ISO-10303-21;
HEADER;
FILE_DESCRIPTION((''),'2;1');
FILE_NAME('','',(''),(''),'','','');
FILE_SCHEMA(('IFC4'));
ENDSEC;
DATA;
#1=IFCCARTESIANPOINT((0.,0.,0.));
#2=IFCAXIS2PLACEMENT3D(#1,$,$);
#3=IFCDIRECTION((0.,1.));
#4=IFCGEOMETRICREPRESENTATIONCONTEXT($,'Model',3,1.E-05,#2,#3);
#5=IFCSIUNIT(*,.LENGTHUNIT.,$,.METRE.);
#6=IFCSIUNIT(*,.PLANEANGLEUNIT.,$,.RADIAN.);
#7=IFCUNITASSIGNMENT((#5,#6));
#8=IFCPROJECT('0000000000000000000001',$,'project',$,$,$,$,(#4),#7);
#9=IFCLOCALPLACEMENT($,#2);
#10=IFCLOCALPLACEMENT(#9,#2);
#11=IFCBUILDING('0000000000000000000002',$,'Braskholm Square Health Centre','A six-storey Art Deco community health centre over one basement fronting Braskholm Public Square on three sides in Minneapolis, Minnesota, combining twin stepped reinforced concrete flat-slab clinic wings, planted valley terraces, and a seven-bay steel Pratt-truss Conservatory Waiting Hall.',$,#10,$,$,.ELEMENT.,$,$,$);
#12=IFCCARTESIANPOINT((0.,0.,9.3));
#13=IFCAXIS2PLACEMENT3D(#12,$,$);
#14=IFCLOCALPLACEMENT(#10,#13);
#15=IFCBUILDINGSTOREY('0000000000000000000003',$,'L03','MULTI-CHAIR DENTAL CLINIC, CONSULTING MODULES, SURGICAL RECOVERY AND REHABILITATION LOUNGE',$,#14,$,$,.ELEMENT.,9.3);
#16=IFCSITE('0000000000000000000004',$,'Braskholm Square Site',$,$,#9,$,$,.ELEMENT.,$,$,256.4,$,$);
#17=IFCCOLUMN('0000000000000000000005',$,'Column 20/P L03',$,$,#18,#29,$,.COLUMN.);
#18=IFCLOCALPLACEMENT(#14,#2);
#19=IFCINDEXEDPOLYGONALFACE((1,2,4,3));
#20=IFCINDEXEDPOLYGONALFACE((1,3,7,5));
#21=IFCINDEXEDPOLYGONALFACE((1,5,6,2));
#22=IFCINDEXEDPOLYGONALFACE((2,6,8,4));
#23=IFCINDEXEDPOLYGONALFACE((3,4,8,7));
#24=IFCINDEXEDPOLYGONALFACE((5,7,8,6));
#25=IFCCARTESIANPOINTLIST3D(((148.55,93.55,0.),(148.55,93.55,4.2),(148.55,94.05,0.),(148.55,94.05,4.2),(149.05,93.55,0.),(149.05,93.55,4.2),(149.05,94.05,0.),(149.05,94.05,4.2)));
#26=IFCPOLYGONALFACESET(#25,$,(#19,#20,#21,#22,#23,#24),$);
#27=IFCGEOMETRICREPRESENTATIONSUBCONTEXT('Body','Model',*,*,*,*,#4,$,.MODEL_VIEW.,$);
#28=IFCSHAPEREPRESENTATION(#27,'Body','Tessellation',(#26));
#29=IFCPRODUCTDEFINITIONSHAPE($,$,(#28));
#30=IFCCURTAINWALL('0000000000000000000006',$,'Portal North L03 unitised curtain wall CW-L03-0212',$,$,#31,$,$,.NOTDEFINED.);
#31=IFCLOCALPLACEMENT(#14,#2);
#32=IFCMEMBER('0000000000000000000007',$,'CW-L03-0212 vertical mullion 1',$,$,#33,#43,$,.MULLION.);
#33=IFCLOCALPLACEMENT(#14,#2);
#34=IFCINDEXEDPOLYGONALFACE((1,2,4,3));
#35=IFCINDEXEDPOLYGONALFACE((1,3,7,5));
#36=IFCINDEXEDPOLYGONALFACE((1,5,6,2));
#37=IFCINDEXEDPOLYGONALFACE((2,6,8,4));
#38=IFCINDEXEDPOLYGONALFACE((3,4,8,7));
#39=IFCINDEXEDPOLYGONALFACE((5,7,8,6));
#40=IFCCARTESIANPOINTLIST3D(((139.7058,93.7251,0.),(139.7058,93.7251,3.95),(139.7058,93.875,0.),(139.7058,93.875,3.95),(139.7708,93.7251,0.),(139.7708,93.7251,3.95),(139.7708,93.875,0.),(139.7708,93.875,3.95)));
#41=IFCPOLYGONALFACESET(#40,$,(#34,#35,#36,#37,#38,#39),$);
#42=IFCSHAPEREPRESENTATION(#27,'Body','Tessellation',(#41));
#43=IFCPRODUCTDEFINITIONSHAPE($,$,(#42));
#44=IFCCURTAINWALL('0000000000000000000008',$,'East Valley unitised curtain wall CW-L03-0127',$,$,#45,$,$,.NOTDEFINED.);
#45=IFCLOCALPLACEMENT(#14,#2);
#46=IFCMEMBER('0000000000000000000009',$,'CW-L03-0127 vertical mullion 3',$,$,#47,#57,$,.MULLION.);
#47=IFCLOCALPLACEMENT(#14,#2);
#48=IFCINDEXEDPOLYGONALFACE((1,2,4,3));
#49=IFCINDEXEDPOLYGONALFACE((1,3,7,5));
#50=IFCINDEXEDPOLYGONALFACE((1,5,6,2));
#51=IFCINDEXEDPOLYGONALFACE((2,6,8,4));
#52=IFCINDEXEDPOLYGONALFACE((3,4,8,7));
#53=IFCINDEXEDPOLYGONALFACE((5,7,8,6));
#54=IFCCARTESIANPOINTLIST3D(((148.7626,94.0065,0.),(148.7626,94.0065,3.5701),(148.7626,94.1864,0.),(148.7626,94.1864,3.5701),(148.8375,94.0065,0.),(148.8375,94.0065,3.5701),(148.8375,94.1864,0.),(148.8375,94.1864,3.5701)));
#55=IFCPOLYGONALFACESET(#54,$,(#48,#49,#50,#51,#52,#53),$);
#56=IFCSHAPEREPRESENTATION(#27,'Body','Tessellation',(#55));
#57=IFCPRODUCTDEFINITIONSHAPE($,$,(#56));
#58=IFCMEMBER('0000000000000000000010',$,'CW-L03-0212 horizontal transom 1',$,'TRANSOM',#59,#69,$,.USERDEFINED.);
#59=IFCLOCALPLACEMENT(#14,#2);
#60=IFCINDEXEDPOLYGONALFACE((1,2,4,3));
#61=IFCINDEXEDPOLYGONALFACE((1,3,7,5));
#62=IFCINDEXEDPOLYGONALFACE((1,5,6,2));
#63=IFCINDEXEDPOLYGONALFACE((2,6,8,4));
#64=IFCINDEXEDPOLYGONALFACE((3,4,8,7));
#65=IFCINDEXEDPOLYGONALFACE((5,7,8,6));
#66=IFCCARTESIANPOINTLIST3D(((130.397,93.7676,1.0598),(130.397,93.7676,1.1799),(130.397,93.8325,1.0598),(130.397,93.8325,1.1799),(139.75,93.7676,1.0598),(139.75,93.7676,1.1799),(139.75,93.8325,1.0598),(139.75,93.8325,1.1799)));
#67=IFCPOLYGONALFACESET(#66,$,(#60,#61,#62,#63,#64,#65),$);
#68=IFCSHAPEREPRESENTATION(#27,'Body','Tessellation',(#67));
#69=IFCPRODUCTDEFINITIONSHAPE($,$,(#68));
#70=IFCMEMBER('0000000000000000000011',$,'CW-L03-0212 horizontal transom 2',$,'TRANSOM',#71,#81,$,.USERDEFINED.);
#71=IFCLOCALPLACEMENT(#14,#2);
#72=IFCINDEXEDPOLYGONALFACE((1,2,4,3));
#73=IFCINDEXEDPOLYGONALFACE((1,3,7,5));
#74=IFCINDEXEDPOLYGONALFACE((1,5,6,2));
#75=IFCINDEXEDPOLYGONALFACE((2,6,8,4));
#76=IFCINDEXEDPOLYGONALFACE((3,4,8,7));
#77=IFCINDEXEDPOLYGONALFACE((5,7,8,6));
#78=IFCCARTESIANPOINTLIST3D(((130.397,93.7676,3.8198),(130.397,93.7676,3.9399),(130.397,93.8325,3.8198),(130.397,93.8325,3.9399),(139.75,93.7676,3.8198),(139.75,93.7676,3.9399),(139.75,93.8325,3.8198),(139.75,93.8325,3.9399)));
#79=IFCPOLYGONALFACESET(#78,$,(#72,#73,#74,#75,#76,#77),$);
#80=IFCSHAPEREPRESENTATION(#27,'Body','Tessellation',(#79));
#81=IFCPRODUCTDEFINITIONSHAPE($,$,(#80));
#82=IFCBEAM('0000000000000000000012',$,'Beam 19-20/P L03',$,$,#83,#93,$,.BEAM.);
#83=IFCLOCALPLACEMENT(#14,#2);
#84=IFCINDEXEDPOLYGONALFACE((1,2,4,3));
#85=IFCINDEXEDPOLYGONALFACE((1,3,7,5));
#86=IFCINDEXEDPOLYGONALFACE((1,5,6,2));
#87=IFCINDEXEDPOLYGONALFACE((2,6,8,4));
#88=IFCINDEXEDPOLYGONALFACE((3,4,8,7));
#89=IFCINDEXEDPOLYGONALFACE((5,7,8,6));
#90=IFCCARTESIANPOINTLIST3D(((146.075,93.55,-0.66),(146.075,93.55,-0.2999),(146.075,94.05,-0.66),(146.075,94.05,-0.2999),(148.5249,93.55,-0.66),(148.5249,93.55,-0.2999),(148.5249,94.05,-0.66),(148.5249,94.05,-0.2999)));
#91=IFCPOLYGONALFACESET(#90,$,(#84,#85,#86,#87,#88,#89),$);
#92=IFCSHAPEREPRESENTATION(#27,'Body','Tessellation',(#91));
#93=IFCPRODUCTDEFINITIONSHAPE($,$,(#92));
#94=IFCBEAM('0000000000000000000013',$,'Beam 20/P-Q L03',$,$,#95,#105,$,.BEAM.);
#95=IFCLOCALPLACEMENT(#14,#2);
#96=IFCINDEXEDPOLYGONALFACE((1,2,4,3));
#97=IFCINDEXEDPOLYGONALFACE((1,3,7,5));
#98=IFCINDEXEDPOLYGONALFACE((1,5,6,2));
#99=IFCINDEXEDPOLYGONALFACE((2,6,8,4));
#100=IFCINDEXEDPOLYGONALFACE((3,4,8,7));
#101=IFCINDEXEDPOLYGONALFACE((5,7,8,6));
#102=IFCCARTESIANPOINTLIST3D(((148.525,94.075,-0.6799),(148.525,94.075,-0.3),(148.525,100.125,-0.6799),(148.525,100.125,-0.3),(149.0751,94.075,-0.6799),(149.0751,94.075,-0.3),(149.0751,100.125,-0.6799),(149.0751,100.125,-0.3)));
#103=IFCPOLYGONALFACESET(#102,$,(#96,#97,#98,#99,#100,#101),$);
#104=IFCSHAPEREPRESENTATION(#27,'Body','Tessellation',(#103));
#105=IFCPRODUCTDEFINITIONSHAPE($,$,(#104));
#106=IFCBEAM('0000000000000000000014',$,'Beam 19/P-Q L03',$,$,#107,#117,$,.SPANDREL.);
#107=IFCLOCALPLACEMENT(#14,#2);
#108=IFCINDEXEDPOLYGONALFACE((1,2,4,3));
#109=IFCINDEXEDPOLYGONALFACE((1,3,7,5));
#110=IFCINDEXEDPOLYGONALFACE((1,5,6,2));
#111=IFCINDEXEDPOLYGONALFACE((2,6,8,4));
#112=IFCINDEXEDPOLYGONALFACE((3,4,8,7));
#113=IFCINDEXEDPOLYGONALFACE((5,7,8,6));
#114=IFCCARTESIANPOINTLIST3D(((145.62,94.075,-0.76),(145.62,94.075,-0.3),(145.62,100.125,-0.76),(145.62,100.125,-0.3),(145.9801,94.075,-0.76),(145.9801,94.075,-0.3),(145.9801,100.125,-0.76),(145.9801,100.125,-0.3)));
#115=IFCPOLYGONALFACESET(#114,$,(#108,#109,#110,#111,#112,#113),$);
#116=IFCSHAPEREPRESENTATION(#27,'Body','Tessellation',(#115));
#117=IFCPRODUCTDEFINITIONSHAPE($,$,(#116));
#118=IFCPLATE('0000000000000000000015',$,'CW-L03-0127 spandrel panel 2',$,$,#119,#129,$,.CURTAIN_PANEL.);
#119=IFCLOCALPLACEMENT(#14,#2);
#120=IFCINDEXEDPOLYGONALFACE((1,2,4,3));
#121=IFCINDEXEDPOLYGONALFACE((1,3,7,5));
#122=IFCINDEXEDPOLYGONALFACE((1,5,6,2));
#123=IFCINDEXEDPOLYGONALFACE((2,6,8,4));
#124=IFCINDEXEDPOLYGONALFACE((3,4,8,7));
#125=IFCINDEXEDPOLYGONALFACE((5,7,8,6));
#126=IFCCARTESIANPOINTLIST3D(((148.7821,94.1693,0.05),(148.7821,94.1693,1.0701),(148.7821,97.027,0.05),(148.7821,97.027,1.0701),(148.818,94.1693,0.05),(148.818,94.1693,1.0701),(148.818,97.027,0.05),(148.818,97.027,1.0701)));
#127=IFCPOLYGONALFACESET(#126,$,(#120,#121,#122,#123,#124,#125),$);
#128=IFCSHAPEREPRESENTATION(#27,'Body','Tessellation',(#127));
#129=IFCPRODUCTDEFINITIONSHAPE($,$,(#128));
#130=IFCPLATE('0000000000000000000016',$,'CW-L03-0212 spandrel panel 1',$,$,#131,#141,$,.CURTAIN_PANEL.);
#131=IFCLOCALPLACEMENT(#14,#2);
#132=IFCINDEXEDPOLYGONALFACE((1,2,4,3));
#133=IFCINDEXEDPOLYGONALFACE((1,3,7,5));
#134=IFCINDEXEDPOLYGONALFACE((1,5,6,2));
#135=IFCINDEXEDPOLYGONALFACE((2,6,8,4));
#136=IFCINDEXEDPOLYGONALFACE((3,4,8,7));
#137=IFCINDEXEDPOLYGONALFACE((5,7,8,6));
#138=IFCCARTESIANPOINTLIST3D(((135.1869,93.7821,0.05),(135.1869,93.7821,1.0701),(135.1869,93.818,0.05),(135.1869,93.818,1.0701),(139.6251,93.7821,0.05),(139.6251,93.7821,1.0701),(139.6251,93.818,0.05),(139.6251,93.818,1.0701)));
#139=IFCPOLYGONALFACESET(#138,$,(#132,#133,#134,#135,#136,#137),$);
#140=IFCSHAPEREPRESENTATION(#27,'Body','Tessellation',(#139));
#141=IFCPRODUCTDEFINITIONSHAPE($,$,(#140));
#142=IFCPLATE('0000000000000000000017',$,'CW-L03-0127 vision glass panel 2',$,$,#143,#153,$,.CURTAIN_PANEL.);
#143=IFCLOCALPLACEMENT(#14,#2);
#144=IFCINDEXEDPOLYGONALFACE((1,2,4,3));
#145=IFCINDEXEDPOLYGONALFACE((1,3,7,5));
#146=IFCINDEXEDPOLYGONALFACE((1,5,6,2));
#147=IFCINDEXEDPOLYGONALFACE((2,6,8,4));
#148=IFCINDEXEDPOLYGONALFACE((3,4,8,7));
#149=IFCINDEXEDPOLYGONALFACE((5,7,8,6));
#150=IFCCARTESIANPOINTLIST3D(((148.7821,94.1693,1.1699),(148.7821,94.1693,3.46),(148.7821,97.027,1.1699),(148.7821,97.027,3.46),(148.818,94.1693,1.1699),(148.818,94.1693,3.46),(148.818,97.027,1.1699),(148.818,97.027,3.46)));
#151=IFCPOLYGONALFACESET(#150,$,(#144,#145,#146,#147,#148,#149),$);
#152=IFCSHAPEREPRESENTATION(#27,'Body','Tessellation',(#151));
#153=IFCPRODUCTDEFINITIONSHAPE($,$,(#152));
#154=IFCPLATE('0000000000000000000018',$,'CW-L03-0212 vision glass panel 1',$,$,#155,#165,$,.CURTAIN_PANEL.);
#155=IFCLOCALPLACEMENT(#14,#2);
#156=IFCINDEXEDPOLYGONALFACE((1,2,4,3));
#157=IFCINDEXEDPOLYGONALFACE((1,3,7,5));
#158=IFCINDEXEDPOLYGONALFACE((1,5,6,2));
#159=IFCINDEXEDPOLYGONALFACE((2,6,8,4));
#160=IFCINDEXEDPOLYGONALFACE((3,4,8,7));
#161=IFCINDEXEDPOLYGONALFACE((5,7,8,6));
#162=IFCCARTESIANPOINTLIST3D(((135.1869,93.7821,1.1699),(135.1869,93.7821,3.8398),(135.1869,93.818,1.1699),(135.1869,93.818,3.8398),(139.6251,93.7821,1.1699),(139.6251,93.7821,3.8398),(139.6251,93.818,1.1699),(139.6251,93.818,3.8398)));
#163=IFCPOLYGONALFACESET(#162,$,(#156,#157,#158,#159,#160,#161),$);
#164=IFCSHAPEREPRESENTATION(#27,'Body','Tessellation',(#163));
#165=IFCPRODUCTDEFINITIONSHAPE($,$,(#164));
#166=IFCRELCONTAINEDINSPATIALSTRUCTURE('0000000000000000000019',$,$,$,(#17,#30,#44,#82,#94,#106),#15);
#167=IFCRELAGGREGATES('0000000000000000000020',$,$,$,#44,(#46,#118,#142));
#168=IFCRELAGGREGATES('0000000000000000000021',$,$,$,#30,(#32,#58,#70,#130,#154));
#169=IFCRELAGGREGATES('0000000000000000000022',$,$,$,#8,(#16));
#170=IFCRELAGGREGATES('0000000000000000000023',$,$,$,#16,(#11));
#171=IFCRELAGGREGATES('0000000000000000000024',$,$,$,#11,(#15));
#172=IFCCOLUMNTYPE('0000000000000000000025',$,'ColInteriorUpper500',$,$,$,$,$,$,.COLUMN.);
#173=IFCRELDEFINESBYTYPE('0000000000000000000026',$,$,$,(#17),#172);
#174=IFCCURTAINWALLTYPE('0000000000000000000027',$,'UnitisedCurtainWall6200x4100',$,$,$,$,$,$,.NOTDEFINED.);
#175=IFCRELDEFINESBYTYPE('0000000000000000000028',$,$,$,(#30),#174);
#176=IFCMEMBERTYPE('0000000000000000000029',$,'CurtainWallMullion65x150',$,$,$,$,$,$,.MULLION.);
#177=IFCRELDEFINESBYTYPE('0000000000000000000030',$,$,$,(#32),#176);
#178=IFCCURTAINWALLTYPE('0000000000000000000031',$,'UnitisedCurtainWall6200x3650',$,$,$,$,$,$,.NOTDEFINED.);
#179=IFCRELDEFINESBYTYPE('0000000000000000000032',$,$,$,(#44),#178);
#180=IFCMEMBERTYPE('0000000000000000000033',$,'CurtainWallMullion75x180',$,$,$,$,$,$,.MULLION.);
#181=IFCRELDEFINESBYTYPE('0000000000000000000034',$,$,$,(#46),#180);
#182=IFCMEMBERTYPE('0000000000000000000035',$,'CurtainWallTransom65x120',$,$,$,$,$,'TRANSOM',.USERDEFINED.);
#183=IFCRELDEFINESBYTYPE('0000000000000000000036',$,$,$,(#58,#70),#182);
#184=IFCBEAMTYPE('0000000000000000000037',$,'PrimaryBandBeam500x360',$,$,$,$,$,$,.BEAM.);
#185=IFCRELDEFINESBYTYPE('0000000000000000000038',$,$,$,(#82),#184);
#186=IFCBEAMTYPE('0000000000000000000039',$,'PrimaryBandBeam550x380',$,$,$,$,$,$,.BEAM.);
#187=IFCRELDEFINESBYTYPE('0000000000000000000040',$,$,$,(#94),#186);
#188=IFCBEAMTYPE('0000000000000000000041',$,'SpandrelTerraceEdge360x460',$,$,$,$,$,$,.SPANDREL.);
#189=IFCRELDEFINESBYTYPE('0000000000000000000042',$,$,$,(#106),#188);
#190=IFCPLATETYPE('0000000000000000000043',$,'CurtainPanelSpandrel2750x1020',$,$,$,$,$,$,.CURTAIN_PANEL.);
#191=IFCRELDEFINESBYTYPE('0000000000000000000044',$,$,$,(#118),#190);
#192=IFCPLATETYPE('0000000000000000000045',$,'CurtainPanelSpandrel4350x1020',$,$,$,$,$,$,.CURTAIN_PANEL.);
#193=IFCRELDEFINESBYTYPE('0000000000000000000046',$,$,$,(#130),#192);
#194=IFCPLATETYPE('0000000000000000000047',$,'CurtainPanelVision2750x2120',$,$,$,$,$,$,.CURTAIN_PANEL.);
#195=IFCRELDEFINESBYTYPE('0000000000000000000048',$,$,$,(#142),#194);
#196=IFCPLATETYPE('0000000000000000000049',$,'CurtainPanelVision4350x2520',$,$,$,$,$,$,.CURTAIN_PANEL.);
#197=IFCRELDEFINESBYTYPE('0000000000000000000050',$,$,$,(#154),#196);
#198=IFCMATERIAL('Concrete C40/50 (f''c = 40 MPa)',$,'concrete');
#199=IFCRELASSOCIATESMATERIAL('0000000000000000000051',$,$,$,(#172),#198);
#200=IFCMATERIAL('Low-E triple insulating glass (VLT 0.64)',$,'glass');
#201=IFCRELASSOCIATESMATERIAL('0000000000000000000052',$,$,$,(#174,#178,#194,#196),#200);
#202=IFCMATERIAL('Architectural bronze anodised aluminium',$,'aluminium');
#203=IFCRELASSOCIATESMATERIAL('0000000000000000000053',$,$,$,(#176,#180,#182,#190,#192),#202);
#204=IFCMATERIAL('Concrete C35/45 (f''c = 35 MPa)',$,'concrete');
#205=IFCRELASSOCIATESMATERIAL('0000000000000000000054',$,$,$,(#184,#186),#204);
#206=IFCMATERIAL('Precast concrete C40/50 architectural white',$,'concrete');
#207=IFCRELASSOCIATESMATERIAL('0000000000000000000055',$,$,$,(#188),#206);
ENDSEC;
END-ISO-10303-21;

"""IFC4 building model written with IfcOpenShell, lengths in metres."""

from ifc_helpers import new_model, si_unit, direction, frame, origin, origin_2d, place, context, subcontext, project, spatial, rectangle, extrude, material, material_profile, profile_set, type_object, element, aggregate, save


model = new_model("IFC4")

# Units and contexts
model_context = context("Model", 3, precision=1e-05, world=origin(), true_north=direction((0.0, 1.0)))
body_context = subcontext(model_context, "Body", "Model", "MODEL_VIEW")
ifc_project = project(units=[si_unit("LENGTHUNIT", "METRE"), si_unit("PLANEANGLEUNIT", "RADIAN")], contexts=[model_context])

# Site, building, storey
site_placement = place(None, origin())
site = spatial("IfcSite", under=ifc_project, at=site_placement, Name="Braskholm Square Site", CompositionType="ELEMENT", RefElevation=256.4)
building_placement = place(site_placement, origin())
building = spatial("IfcBuilding", under=site, at=building_placement, Name="Braskholm Square Health Centre", Description="A six-storey Art Deco community health centre over one basement fronting Braskholm Public Square on three sides in Minneapolis, Minnesota, combining twin stepped reinforced concrete flat-slab clinic wings, planted valley terraces, and a seven-bay steel Pratt-truss Conservatory Waiting Hall.", CompositionType="ELEMENT")
storey_placement = place(building_placement, frame((0.0, 0.0, 9.3)))
storey = spatial("IfcBuildingStorey", under=building, at=storey_placement, Name="L03", Description="MULTI-CHAIR DENTAL CLINIC, CONSULTING MODULES, SURGICAL RECOVERY AND REHABILITATION LOUNGE", CompositionType="ELEMENT", Elevation=9.3)

# Column
ifc_material_1 = material(Name="Concrete C40/50 (f'c = 40 MPa)", Category="concrete")
ifc_material_profile_1 = material_profile(ifc_material_1, rectangle(XDim=0.5, YDim=0.5, at=origin_2d()), Name="RC-500X500")
ifc_profile_set_1 = profile_set([ifc_material_profile_1], Name="Concrete C40/50 (f'c = 40 MPa)")
column_type = type_object("IfcColumnType", Name="ColInteriorUpper500", PredefinedType="COLUMN", material=ifc_profile_set_1)
column_placement = place(storey_placement, frame((148.8, 93.8, 0.0), z_axis=(0.0, 0.0, 1.0), x_axis=(1.0, 0.0, 0.0)))
element("IfcColumn", 1, at=column_placement, inside=storey, type_object=column_type, Name="Column 20/P L03", PredefinedType="COLUMN", context=body_context, shape_type="SweptSolid", body=[
    extrude(rectangle(XDim=0.5, YDim=0.5, at=origin_2d()), origin(), (0.0, 0.0, 1.0), 4.2),
])

# Curtain walls, members
ifc_material_2 = material(Name="Low-E triple insulating glass (VLT 0.64)", Category="glass")
curtain_wall_type_1 = type_object("IfcCurtainWallType", Name="UnitisedCurtainWall6200x4100", PredefinedType="NOTDEFINED", material=ifc_material_2)
curtain_wall_1_placement = place(storey_placement, origin())
curtain_wall_1 = element("IfcCurtainWall", 2, at=curtain_wall_1_placement, inside=storey, type_object=curtain_wall_type_1, Name="Portal North L03 unitised curtain wall CW-L03-0212", PredefinedType="NOTDEFINED")
ifc_material_3 = material(Name="Architectural bronze anodised aluminium", Category="aluminium")
ifc_material_profile_2 = material_profile(ifc_material_3, rectangle(XDim=0.0649, YDim=0.1499, at=origin_2d()), Name="ALU-65X150")
ifc_profile_set_2 = profile_set([ifc_material_profile_2], Name="Architectural bronze anodised aluminium")
member_type_1 = type_object("IfcMemberType", Name="CurtainWallMullion65x150", PredefinedType="MULLION", material=ifc_profile_set_2)
member_1_placement = place(storey_placement, frame((139.7383, 93.8, 0.0), z_axis=(0.0, 0.0, 1.0), x_axis=(1.0, 0.0, 0.0)))
member_1 = element("IfcMember", 3, at=member_1_placement, type_object=member_type_1, Name="CW-L03-0212 vertical mullion 1", PredefinedType="MULLION", context=body_context, shape_type="SweptSolid", body=[
    extrude(rectangle(XDim=0.0649, YDim=0.1499, at=origin_2d()), origin(), (0.0, 0.0, 1.0), 3.95),
])
curtain_wall_type_2 = type_object("IfcCurtainWallType", Name="UnitisedCurtainWall6200x3650", PredefinedType="NOTDEFINED", material=ifc_material_2)
curtain_wall_2_placement = place(storey_placement, origin())
curtain_wall_2 = element("IfcCurtainWall", 4, at=curtain_wall_2_placement, inside=storey, type_object=curtain_wall_type_2, Name="East Valley unitised curtain wall CW-L03-0127", PredefinedType="NOTDEFINED")
ifc_material_profile_3 = material_profile(ifc_material_3, rectangle(XDim=0.075, YDim=0.1799, at=origin_2d()), Name="ALU-75X180")
ifc_profile_set_3 = profile_set([ifc_material_profile_3], Name="Architectural bronze anodised aluminium")
member_type_2 = type_object("IfcMemberType", Name="CurtainWallMullion75x180", PredefinedType="MULLION", material=ifc_profile_set_3)
member_2_placement = place(storey_placement, frame((148.8, 94.0964, 0.0), z_axis=(0.0, 0.0, 1.0), x_axis=(1.0, 0.0, 0.0)))
member_2 = element("IfcMember", 5, at=member_2_placement, type_object=member_type_2, Name="CW-L03-0127 vertical mullion 3", PredefinedType="MULLION", context=body_context, shape_type="SweptSolid", body=[
    extrude(rectangle(XDim=0.075, YDim=0.1799, at=origin_2d()), origin(), (0.0, 0.0, 1.0), 3.5701),
])

# Members
ifc_material_profile_4 = material_profile(ifc_material_3, rectangle(XDim=0.0649, YDim=0.1201, at=origin_2d()), Name="ALU-65X120")
ifc_profile_set_4 = profile_set([ifc_material_profile_4], Name="Architectural bronze anodised aluminium")
member_type_3 = type_object("IfcMemberType", Name="CurtainWallTransom65x120", ElementType="TRANSOM", PredefinedType="USERDEFINED", material=ifc_profile_set_4)
member_3_placement = place(storey_placement, frame((139.75, 93.8, 1.1199), z_axis=(-1.0, 0.0, 0.0), x_axis=(0.0, -1.0, 0.0)))
member_3 = element("IfcMember", 6, at=member_3_placement, type_object=member_type_3, Name="CW-L03-0212 horizontal transom 1", ObjectType="TRANSOM", PredefinedType="USERDEFINED", context=body_context, shape_type="SweptSolid", body=[
    extrude(rectangle(XDim=0.0649, YDim=0.1201, at=origin_2d()), origin(), (0.0, 0.0, 1.0), 9.353),
])
member_4_placement = place(storey_placement, frame((139.75, 93.8, 3.8799), z_axis=(-1.0, 0.0, 0.0), x_axis=(0.0, -1.0, 0.0)))
member_4 = element("IfcMember", 7, at=member_4_placement, type_object=member_type_3, Name="CW-L03-0212 horizontal transom 2", ObjectType="TRANSOM", PredefinedType="USERDEFINED", context=body_context, shape_type="SweptSolid", body=[
    extrude(rectangle(XDim=0.0649, YDim=0.1201, at=origin_2d()), origin(), (0.0, 0.0, 1.0), 9.353),
])

# Beams
ifc_material_4 = material(Name="Concrete C35/45 (f'c = 35 MPa)", Category="concrete")
ifc_material_profile_5 = material_profile(ifc_material_4, rectangle(XDim=0.5, YDim=0.3601, at=origin_2d()), Name="RCB-500X360")
ifc_profile_set_5 = profile_set([ifc_material_profile_5], Name="Concrete C35/45 (f'c = 35 MPa)")
beam_type_1 = type_object("IfcBeamType", Name="PrimaryBandBeam500x360", PredefinedType="BEAM", material=ifc_profile_set_5)
beam_1_placement = place(storey_placement, frame((146.075, 93.8, -0.48), z_axis=(1.0, 0.0, 0.0), x_axis=(0.0, 1.0, 0.0)))
element("IfcBeam", 8, at=beam_1_placement, inside=storey, type_object=beam_type_1, Name="Beam 19-20/P L03", PredefinedType="BEAM", context=body_context, shape_type="SweptSolid", body=[
    extrude(rectangle(XDim=0.5, YDim=0.3601, at=origin_2d()), origin(), (0.0, 0.0, 1.0), 2.45),
])
ifc_material_profile_6 = material_profile(ifc_material_4, rectangle(XDim=0.55, YDim=0.3799, at=origin_2d()), Name="RCB-550X380")
ifc_profile_set_6 = profile_set([ifc_material_profile_6], Name="Concrete C35/45 (f'c = 35 MPa)")
beam_type_2 = type_object("IfcBeamType", Name="PrimaryBandBeam550x380", PredefinedType="BEAM", material=ifc_profile_set_6)
beam_2_placement = place(storey_placement, frame((148.8, 94.075, -0.49), z_axis=(0.0, 1.0, 0.0), x_axis=(-1.0, 0.0, 0.0)))
element("IfcBeam", 9, at=beam_2_placement, inside=storey, type_object=beam_type_2, Name="Beam 20/P-Q L03", PredefinedType="BEAM", context=body_context, shape_type="SweptSolid", body=[
    extrude(rectangle(XDim=0.55, YDim=0.3799, at=origin_2d()), origin(), (0.0, 0.0, 1.0), 6.05),
])
ifc_material_5 = material(Name="Precast concrete C40/50 architectural white", Category="concrete")
ifc_material_profile_7 = material_profile(ifc_material_5, rectangle(XDim=0.3601, YDim=0.46, at=origin_2d()), Name="RCB-360X460")
ifc_profile_set_7 = profile_set([ifc_material_profile_7], Name="Precast concrete C40/50 architectural white")
beam_type_3 = type_object("IfcBeamType", Name="SpandrelTerraceEdge360x460", PredefinedType="SPANDREL", material=ifc_profile_set_7)
beam_3_placement = place(storey_placement, frame((145.8, 94.075, -0.53), z_axis=(0.0, 1.0, 0.0), x_axis=(-1.0, 0.0, 0.0)))
element("IfcBeam", 10, at=beam_3_placement, inside=storey, type_object=beam_type_3, Name="Beam 19/P-Q L03", PredefinedType="SPANDREL", context=body_context, shape_type="SweptSolid", body=[
    extrude(rectangle(XDim=0.3601, YDim=0.46, at=origin_2d()), origin(), (0.0, 0.0, 1.0), 6.05),
])

# Plates
plate_type_1 = type_object("IfcPlateType", Name="CurtainPanelSpandrel2750x1020", PredefinedType="CURTAIN_PANEL", material=ifc_material_3)
plate_1_placement = place(storey_placement, frame((148.8, 95.5981, 0.05), z_axis=(0.0, 0.0, 1.0), x_axis=(0.0, -1.0, 0.0)))
plate_1 = element("IfcPlate", 11, at=plate_1_placement, type_object=plate_type_1, Name="CW-L03-0127 spandrel panel 2", PredefinedType="CURTAIN_PANEL", context=body_context, shape_type="SweptSolid", body=[
    extrude(rectangle(XDim=2.8577, YDim=0.0359, at=origin_2d()), origin(), (0.0, 0.0, 1.0), 1.02),
])
plate_type_2 = type_object("IfcPlateType", Name="CurtainPanelSpandrel4350x1020", PredefinedType="CURTAIN_PANEL", material=ifc_material_3)
plate_2_placement = place(storey_placement, frame((137.406, 93.8, 0.05), z_axis=(0.0, 0.0, 1.0), x_axis=(-1.0, 0.0, 0.0)))
plate_2 = element("IfcPlate", 12, at=plate_2_placement, type_object=plate_type_2, Name="CW-L03-0212 spandrel panel 1", PredefinedType="CURTAIN_PANEL", context=body_context, shape_type="SweptSolid", body=[
    extrude(rectangle(XDim=4.4382, YDim=0.0359, at=origin_2d()), origin(), (0.0, 0.0, 1.0), 1.02),
])
plate_type_3 = type_object("IfcPlateType", Name="CurtainPanelVision2750x2120", PredefinedType="CURTAIN_PANEL", material=ifc_material_2)
plate_3_placement = place(storey_placement, frame((148.8, 95.5981, 1.1699), z_axis=(0.0, 0.0, 1.0), x_axis=(0.0, -1.0, 0.0)))
plate_3 = element("IfcPlate", 13, at=plate_3_placement, type_object=plate_type_3, Name="CW-L03-0127 vision glass panel 2", PredefinedType="CURTAIN_PANEL", context=body_context, shape_type="SweptSolid", body=[
    extrude(rectangle(XDim=2.8577, YDim=0.0359, at=origin_2d()), origin(), (0.0, 0.0, 1.0), 2.29),
])
aggregate(curtain_wall_2, [member_2, plate_1, plate_3])
plate_type_4 = type_object("IfcPlateType", Name="CurtainPanelVision4350x2520", PredefinedType="CURTAIN_PANEL", material=ifc_material_2)
plate_4_placement = place(storey_placement, frame((137.406, 93.8, 1.1699), z_axis=(0.0, 0.0, 1.0), x_axis=(-1.0, 0.0, 0.0)))
plate_4 = element("IfcPlate", 14, at=plate_4_placement, type_object=plate_type_4, Name="CW-L03-0212 vision glass panel 1", PredefinedType="CURTAIN_PANEL", context=body_context, shape_type="SweptSolid", body=[
    extrude(rectangle(XDim=4.4382, YDim=0.0359, at=origin_2d()), origin(), (0.0, 0.0, 1.0), 2.6699),
])
aggregate(curtain_wall_1, [member_1, member_3, member_4, plate_2, plate_4])

save(model, "model.ifc")
